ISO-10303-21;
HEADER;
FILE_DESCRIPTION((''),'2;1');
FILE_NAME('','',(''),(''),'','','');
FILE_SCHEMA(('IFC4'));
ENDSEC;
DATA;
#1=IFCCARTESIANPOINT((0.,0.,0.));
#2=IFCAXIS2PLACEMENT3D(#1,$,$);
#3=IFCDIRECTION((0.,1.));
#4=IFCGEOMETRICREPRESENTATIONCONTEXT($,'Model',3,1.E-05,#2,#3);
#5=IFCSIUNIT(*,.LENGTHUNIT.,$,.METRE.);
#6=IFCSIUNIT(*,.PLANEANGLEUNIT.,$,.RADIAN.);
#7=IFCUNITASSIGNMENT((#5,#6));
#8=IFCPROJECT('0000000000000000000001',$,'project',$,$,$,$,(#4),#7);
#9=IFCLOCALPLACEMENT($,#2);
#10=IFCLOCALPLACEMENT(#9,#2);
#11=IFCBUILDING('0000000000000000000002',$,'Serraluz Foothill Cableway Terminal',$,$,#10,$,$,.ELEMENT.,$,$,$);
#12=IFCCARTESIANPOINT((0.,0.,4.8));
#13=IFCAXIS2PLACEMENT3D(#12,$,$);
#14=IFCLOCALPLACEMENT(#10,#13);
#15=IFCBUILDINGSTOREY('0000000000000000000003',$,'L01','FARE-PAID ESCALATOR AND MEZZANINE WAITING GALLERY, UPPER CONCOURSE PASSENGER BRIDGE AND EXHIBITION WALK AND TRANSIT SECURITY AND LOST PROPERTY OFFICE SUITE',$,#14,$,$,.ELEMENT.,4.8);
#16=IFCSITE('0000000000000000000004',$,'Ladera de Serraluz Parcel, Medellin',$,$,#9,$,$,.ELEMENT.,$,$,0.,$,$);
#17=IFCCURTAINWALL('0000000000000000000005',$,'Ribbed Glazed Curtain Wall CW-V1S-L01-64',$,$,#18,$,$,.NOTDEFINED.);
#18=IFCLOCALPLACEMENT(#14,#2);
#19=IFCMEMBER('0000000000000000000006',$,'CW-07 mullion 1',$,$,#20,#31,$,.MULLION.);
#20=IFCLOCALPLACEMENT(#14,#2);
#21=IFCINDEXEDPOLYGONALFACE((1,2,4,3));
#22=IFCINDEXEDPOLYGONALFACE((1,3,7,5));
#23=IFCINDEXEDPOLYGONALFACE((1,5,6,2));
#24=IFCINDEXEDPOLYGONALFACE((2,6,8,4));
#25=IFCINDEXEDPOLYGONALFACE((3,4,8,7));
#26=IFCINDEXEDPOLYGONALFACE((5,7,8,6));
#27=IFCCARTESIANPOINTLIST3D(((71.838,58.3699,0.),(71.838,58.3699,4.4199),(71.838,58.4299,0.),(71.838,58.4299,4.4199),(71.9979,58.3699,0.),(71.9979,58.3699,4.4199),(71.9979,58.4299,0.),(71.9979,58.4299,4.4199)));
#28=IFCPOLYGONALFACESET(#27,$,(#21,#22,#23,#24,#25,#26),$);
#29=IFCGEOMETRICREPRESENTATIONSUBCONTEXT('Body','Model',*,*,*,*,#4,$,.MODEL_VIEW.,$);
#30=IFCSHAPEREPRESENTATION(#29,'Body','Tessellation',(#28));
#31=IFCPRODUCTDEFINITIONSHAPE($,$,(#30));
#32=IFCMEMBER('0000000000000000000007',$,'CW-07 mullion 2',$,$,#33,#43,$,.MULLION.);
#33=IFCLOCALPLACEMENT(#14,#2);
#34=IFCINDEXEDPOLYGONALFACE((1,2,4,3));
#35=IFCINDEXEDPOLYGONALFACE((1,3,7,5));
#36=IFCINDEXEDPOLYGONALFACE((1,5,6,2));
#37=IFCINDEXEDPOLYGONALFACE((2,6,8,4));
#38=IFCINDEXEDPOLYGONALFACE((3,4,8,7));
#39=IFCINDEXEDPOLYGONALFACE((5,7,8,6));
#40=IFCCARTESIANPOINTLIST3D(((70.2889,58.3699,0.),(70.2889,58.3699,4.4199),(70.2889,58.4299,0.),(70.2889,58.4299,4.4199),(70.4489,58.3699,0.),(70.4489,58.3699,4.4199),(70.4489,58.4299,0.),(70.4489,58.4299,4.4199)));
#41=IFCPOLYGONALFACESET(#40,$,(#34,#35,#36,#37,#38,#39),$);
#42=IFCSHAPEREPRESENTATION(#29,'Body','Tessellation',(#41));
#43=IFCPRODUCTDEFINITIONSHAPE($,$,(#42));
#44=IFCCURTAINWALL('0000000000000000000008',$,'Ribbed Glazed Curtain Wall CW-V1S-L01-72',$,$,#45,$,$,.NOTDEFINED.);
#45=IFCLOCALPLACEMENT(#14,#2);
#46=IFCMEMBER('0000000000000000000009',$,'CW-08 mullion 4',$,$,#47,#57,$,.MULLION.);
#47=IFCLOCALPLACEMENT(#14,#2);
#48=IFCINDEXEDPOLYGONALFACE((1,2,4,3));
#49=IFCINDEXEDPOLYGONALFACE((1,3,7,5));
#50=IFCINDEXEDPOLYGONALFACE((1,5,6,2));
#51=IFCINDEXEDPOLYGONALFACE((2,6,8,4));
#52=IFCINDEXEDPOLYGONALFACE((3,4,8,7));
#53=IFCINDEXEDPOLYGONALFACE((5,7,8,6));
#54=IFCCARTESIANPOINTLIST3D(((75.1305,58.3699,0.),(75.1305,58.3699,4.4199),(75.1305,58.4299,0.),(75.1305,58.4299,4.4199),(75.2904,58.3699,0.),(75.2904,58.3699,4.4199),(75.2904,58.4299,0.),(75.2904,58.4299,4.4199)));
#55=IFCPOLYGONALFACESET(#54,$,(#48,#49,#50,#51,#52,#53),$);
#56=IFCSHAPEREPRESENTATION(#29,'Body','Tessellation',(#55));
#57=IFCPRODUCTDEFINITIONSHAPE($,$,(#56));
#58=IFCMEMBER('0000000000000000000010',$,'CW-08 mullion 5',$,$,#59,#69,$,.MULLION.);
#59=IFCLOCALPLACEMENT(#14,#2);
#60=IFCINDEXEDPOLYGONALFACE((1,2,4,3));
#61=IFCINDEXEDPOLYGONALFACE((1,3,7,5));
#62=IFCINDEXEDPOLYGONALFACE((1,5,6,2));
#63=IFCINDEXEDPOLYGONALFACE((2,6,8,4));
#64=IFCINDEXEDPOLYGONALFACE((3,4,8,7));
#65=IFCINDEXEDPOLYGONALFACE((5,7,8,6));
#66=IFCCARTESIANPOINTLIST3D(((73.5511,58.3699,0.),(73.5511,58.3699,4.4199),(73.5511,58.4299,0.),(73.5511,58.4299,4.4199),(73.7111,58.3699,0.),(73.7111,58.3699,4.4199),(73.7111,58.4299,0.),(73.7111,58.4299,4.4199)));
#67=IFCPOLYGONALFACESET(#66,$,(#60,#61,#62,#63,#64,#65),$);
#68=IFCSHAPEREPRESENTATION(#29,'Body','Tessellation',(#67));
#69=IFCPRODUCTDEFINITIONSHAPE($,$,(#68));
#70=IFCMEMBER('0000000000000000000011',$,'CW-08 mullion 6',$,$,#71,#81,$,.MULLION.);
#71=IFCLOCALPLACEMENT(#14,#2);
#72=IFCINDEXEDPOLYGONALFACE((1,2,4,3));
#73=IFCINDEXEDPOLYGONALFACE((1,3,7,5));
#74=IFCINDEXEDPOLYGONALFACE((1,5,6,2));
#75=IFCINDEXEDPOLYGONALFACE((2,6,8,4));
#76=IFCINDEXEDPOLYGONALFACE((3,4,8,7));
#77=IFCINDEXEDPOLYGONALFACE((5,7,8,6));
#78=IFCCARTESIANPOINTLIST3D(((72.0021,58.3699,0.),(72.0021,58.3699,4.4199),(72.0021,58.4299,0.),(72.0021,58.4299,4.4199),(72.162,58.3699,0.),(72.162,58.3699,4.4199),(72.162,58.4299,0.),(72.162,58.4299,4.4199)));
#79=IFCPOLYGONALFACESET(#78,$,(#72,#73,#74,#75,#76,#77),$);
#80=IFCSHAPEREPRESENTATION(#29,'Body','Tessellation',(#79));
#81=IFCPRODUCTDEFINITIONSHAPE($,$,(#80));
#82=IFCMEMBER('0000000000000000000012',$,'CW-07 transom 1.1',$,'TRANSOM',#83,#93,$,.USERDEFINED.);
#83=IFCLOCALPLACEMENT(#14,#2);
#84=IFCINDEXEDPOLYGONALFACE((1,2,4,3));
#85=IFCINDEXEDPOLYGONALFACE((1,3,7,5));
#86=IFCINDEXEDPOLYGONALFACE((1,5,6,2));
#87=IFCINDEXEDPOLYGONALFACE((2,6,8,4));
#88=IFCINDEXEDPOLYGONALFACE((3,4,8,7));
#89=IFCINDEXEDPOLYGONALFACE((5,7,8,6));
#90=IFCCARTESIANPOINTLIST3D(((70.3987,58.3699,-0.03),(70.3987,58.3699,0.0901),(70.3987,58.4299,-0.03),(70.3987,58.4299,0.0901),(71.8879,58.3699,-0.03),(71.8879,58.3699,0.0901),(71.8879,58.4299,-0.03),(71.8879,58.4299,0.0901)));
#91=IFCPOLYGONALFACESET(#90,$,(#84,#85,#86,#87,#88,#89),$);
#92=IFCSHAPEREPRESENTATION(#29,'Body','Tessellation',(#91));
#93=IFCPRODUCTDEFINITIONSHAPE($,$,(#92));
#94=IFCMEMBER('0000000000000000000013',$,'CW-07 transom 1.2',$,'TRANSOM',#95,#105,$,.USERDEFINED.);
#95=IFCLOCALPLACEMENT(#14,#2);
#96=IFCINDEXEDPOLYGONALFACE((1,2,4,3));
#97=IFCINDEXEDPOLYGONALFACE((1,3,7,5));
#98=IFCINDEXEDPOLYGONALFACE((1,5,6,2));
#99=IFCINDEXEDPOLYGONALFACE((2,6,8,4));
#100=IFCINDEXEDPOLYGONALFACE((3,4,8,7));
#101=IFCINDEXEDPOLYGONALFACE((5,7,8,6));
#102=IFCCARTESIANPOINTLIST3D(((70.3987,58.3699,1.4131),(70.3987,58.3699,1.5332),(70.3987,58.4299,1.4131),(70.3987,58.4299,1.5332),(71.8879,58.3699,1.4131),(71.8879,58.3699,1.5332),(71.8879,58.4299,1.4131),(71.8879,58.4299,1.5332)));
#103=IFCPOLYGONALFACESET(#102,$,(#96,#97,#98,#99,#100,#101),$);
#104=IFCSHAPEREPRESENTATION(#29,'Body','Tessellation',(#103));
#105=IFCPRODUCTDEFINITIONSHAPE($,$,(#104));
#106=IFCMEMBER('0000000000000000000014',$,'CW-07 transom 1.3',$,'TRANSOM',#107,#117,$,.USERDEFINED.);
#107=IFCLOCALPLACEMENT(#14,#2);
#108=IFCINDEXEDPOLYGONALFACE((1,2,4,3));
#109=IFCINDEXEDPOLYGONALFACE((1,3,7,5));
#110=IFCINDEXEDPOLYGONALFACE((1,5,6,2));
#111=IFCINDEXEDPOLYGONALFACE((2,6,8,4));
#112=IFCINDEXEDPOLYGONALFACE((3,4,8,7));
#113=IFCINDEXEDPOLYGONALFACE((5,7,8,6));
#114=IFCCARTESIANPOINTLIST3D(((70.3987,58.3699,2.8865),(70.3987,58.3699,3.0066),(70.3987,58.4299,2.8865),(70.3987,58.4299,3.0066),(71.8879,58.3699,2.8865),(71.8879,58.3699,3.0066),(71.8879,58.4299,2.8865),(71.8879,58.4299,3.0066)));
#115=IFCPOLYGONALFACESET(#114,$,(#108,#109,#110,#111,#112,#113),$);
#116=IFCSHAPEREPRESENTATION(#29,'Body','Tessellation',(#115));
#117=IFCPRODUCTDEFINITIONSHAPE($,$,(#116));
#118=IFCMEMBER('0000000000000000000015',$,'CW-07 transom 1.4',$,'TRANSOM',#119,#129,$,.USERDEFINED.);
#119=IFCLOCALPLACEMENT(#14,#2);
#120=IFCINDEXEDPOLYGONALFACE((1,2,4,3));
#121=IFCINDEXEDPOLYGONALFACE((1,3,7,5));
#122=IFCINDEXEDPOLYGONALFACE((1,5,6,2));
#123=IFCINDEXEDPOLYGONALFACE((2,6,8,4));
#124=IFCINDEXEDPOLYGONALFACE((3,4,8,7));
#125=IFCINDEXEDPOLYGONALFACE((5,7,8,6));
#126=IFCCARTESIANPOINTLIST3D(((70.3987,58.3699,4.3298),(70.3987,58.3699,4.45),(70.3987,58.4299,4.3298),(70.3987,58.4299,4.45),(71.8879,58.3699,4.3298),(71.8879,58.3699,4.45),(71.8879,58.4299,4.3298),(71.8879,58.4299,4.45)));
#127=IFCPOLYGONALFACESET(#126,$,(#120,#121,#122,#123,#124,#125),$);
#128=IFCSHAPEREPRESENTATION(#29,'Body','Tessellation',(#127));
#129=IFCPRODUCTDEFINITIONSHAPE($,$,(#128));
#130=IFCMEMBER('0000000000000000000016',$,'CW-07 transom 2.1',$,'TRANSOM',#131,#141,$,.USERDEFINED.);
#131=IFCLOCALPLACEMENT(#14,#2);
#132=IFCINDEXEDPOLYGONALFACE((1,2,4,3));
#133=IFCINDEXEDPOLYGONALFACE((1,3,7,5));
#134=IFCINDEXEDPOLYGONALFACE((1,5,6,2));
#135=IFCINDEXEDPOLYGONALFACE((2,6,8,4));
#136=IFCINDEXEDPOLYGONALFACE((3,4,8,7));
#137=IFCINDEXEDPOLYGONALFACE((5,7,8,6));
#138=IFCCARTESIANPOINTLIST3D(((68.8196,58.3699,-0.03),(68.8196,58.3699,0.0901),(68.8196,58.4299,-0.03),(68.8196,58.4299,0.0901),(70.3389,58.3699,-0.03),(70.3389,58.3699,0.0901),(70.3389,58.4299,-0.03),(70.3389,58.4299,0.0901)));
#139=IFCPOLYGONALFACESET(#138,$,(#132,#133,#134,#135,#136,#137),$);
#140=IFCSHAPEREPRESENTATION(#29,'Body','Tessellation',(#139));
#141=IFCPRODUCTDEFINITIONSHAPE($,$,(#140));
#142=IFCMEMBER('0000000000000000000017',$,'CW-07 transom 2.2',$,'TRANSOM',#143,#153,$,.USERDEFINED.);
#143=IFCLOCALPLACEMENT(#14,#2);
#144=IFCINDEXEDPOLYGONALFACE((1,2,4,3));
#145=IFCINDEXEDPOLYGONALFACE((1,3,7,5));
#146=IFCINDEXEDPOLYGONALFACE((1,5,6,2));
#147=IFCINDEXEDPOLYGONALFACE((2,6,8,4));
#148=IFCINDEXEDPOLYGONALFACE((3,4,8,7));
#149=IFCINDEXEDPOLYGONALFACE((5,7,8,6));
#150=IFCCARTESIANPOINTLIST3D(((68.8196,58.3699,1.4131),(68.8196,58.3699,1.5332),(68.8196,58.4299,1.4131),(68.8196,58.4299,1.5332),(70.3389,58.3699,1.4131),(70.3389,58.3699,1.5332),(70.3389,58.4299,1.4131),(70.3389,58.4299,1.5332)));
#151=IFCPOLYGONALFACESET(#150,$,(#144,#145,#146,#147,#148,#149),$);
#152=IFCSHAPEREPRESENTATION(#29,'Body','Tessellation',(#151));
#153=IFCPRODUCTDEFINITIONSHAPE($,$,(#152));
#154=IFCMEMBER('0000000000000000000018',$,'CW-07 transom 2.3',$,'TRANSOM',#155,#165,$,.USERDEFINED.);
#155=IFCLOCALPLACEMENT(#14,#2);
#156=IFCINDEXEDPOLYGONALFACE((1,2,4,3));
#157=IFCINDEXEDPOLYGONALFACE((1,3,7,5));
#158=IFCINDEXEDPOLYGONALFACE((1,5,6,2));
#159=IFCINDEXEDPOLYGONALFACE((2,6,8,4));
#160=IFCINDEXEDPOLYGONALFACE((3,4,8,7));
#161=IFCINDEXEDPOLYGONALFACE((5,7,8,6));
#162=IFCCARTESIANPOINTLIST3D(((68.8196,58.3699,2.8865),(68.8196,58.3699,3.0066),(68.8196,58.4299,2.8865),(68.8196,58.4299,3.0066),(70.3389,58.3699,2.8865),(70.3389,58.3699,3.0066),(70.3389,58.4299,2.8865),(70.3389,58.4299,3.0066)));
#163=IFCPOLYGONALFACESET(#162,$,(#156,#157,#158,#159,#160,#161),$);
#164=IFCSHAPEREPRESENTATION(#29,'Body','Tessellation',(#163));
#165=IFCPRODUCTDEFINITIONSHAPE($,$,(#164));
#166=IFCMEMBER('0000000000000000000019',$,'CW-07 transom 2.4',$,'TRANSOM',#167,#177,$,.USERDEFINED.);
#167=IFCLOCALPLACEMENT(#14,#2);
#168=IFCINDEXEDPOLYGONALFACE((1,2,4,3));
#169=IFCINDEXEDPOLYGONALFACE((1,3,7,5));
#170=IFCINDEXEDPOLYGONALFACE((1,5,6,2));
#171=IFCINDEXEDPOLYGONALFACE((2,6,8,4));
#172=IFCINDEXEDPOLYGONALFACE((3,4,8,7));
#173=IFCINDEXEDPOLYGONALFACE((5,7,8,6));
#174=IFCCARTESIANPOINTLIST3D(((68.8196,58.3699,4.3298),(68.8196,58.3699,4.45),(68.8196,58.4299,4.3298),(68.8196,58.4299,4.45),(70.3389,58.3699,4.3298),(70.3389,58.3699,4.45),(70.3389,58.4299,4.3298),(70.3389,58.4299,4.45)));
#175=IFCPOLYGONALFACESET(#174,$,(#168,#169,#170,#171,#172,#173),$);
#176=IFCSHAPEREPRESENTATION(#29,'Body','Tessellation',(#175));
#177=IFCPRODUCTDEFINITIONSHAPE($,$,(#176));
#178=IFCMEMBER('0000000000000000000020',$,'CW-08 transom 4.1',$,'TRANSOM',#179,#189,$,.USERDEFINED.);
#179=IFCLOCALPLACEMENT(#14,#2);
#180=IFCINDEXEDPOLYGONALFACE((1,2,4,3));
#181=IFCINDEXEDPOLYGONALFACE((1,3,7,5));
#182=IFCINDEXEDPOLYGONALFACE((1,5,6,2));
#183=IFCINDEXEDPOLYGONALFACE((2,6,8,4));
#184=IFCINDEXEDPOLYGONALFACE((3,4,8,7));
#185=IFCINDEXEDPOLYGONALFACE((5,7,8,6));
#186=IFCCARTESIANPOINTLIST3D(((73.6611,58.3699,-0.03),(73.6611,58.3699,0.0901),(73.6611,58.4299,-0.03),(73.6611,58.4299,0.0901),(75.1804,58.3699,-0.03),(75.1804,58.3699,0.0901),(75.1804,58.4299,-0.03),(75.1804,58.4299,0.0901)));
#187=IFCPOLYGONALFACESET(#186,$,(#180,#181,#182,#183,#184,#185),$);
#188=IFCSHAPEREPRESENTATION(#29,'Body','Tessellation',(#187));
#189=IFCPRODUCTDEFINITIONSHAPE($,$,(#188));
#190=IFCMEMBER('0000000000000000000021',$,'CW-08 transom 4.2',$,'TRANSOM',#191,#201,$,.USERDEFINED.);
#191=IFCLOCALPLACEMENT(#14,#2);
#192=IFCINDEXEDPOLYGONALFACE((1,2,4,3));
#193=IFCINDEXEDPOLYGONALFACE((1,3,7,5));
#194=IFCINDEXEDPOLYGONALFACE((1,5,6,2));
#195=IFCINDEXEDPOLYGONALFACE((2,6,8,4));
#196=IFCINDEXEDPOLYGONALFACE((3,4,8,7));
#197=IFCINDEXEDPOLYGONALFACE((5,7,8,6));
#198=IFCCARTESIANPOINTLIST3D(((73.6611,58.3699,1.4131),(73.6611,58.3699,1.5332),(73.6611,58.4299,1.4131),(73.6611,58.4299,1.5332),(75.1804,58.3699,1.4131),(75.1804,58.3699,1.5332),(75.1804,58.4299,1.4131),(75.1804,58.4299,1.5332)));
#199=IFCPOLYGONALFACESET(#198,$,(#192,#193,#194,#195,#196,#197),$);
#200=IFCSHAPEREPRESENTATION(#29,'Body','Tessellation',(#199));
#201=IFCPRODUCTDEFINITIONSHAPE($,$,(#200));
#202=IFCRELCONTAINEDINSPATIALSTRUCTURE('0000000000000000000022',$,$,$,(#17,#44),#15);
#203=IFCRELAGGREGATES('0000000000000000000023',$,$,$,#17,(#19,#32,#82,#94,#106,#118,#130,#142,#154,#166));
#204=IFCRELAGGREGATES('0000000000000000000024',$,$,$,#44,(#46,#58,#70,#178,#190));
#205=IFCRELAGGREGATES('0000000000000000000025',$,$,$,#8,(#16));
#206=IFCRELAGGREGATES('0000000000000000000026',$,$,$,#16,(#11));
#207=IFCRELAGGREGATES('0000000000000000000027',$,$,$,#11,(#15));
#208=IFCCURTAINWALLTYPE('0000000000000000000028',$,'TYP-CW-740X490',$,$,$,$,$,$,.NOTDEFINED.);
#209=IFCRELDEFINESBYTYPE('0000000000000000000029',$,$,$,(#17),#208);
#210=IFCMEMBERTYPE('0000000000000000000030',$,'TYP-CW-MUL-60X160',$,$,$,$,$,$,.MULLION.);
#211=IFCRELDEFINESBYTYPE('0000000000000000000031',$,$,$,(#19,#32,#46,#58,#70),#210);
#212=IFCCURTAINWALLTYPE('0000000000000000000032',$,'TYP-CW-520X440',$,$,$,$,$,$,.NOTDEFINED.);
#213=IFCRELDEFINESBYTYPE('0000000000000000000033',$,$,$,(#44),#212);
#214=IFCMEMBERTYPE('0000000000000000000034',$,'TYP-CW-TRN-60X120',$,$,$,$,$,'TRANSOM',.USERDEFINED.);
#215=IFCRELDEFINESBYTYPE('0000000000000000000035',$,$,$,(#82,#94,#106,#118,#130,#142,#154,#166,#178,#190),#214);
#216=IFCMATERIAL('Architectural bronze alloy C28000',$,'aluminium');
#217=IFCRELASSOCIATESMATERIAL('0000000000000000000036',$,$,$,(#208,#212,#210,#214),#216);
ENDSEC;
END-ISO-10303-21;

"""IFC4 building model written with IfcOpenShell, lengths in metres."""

from ifc_helpers import new_model, si_unit, direction, frame, origin, origin_2d, place, context, subcontext, project, spatial, rectangle, extrude, material, material_profile, profile_set, type_object, element, aggregate, save


model = new_model("IFC4")

# Units and contexts
model_context = context("Model", 3, precision=1e-05, world=origin(), true_north=direction((0.0, 1.0)))
body_context = subcontext(model_context, "Body", "Model", "MODEL_VIEW")
ifc_project = project(units=[si_unit("LENGTHUNIT", "METRE"), si_unit("PLANEANGLEUNIT", "RADIAN")], contexts=[model_context])

# Site, building, storey
site_placement = place(None, origin())
site = spatial("IfcSite", under=ifc_project, at=site_placement, Name="Ladera de Serraluz Parcel, Medellin", CompositionType="ELEMENT", RefElevation=0.0)
building_placement = place(site_placement, origin())
building = spatial("IfcBuilding", under=site, at=building_placement, Name="Serraluz Foothill Cableway Terminal", CompositionType="ELEMENT")
storey_placement = place(building_placement, frame((0.0, 0.0, 4.8)))
storey = spatial("IfcBuildingStorey", under=building, at=storey_placement, Name="L01", Description="FARE-PAID ESCALATOR AND MEZZANINE WAITING GALLERY, UPPER CONCOURSE PASSENGER BRIDGE AND EXHIBITION WALK AND TRANSIT SECURITY AND LOST PROPERTY OFFICE SUITE", CompositionType="ELEMENT", Elevation=4.8)

# Curtain walls, members
ifc_material_1 = material(Name="Architectural bronze alloy C28000", Category="aluminium")
curtain_wall_type_1 = type_object("IfcCurtainWallType", Name="TYP-CW-740X490", PredefinedType="NOTDEFINED", material=ifc_material_1)
curtain_wall_1_placement = place(storey_placement, origin())
curtain_wall_1 = element("IfcCurtainWall", 1, at=curtain_wall_1_placement, inside=storey, type_object=curtain_wall_type_1, Name="Ribbed Glazed Curtain Wall CW-V1S-L01-64", PredefinedType="NOTDEFINED")
ifc_material_profile_1 = material_profile(ifc_material_1, rectangle(XDim=0.0601, YDim=0.1599, at=origin_2d()), Name="ALU MULLION 60x160")
ifc_profile_set_1 = profile_set([ifc_material_profile_1], Name="Architectural bronze alloy C28000")
member_type_1 = type_object("IfcMemberType", Name="TYP-CW-MUL-60X160", PredefinedType="MULLION", material=ifc_profile_set_1)
member_1_placement = place(storey_placement, frame((71.918, 58.3999, 0.0), z_axis=(0.0, 0.0, 1.0), x_axis=(0.0, -1.0, 0.0)))
member_1 = element("IfcMember", 2, at=member_1_placement, type_object=member_type_1, Name="CW-07 mullion 1", PredefinedType="MULLION", context=body_context, shape_type="SweptSolid", body=[
    extrude(rectangle(XDim=0.0601, YDim=0.1599, at=origin_2d()), origin(), (0.0, 0.0, 1.0), 4.4199),
])
member_2_placement = place(storey_placement, frame((70.3689, 58.3999, 0.0), z_axis=(0.0, 0.0, 1.0), x_axis=(0.0, -1.0, 0.0)))
member_2 = element("IfcMember", 3, at=member_2_placement, type_object=member_type_1, Name="CW-07 mullion 2", PredefinedType="MULLION", context=body_context, shape_type="SweptSolid", body=[
    extrude(rectangle(XDim=0.0601, YDim=0.1599, at=origin_2d()), origin(), (0.0, 0.0, 1.0), 4.4199),
])
curtain_wall_type_2 = type_object("IfcCurtainWallType", Name="TYP-CW-520X440", PredefinedType="NOTDEFINED", material=ifc_material_1)
curtain_wall_2_placement = place(storey_placement, origin())
curtain_wall_2 = element("IfcCurtainWall", 4, at=curtain_wall_2_placement, inside=storey, type_object=curtain_wall_type_2, Name="Ribbed Glazed Curtain Wall CW-V1S-L01-72", PredefinedType="NOTDEFINED")
member_3_placement = place(storey_placement, frame((75.2104, 58.3999, 0.0), z_axis=(0.0, 0.0, 1.0), x_axis=(0.0, -1.0, 0.0)))
member_3 = element("IfcMember", 5, at=member_3_placement, type_object=member_type_1, Name="CW-08 mullion 4", PredefinedType="MULLION", context=body_context, shape_type="SweptSolid", body=[
    extrude(rectangle(XDim=0.0601, YDim=0.1599, at=origin_2d()), origin(), (0.0, 0.0, 1.0), 4.4199),
])
member_4_placement = place(storey_placement, frame((73.6311, 58.3999, 0.0), z_axis=(0.0, 0.0, 1.0), x_axis=(0.0, -1.0, 0.0)))
member_4 = element("IfcMember", 6, at=member_4_placement, type_object=member_type_1, Name="CW-08 mullion 5", PredefinedType="MULLION", context=body_context, shape_type="SweptSolid", body=[
    extrude(rectangle(XDim=0.0601, YDim=0.1599, at=origin_2d()), origin(), (0.0, 0.0, 1.0), 4.4199),
])
member_5_placement = place(storey_placement, frame((72.082, 58.3999, 0.0), z_axis=(0.0, 0.0, 1.0), x_axis=(0.0, -1.0, 0.0)))
member_5 = element("IfcMember", 7, at=member_5_placement, type_object=member_type_1, Name="CW-08 mullion 6", PredefinedType="MULLION", context=body_context, shape_type="SweptSolid", body=[
    extrude(rectangle(XDim=0.0601, YDim=0.1599, at=origin_2d()), origin(), (0.0, 0.0, 1.0), 4.4199),
])

# Members
ifc_material_profile_2 = material_profile(ifc_material_1, rectangle(XDim=0.0601, YDim=0.1201, at=origin_2d()), Name="ALU TRANSOM 60x120")
ifc_profile_set_2 = profile_set([ifc_material_profile_2], Name="Architectural bronze alloy C28000")
member_type_2 = type_object("IfcMemberType", Name="TYP-CW-TRN-60X120", ElementType="TRANSOM", PredefinedType="USERDEFINED", material=ifc_profile_set_2)
member_6_placement = place(storey_placement, frame((71.8879, 58.3999, 0.03), z_axis=(-1.0, 0.0, 0.0), x_axis=(0.0, -1.0, 0.0)))
member_6 = element("IfcMember", 8, at=member_6_placement, type_object=member_type_2, Name="CW-07 transom 1.1", ObjectType="TRANSOM", PredefinedType="USERDEFINED", context=body_context, shape_type="SweptSolid", body=[
    extrude(rectangle(XDim=0.0601, YDim=0.1201, at=origin_2d()), origin(), (0.0, 0.0, 1.0), 1.4893),
])
member_7_placement = place(storey_placement, frame((71.8879, 58.3999, 1.4731), z_axis=(-1.0, 0.0, 0.0), x_axis=(0.0, -1.0, 0.0)))
member_7 = element("IfcMember", 9, at=member_7_placement, type_object=member_type_2, Name="CW-07 transom 1.2", ObjectType="TRANSOM", PredefinedType="USERDEFINED", context=body_context, shape_type="SweptSolid", body=[
    extrude(rectangle(XDim=0.0601, YDim=0.1201, at=origin_2d()), origin(), (0.0, 0.0, 1.0), 1.4893),
])
member_8_placement = place(storey_placement, frame((71.8879, 58.3999, 2.9465), z_axis=(-1.0, 0.0, 0.0), x_axis=(0.0, -1.0, 0.0)))
member_8 = element("IfcMember", 10, at=member_8_placement, type_object=member_type_2, Name="CW-07 transom 1.3", ObjectType="TRANSOM", PredefinedType="USERDEFINED", context=body_context, shape_type="SweptSolid", body=[
    extrude(rectangle(XDim=0.0601, YDim=0.1201, at=origin_2d()), origin(), (0.0, 0.0, 1.0), 1.4893),
])
member_9_placement = place(storey_placement, frame((71.8879, 58.3999, 4.3899), z_axis=(-1.0, 0.0, 0.0), x_axis=(0.0, -1.0, 0.0)))
member_9 = element("IfcMember", 11, at=member_9_placement, type_object=member_type_2, Name="CW-07 transom 1.4", ObjectType="TRANSOM", PredefinedType="USERDEFINED", context=body_context, shape_type="SweptSolid", body=[
    extrude(rectangle(XDim=0.0601, YDim=0.1201, at=origin_2d()), origin(), (0.0, 0.0, 1.0), 1.4893),
])
member_10_placement = place(storey_placement, frame((70.3389, 58.3999, 0.03), z_axis=(-1.0, 0.0, 0.0), x_axis=(0.0, -1.0, 0.0)))
member_10 = element("IfcMember", 12, at=member_10_placement, type_object=member_type_2, Name="CW-07 transom 2.1", ObjectType="TRANSOM", PredefinedType="USERDEFINED", context=body_context, shape_type="SweptSolid", body=[
    extrude(rectangle(XDim=0.0601, YDim=0.1201, at=origin_2d()), origin(), (0.0, 0.0, 1.0), 1.5193),
])
member_11_placement = place(storey_placement, frame((70.3389, 58.3999, 1.4731), z_axis=(-1.0, 0.0, 0.0), x_axis=(0.0, -1.0, 0.0)))
member_11 = element("IfcMember", 13, at=member_11_placement, type_object=member_type_2, Name="CW-07 transom 2.2", ObjectType="TRANSOM", PredefinedType="USERDEFINED", context=body_context, shape_type="SweptSolid", body=[
    extrude(rectangle(XDim=0.0601, YDim=0.1201, at=origin_2d()), origin(), (0.0, 0.0, 1.0), 1.5193),
])
member_12_placement = place(storey_placement, frame((70.3389, 58.3999, 2.9465), z_axis=(-1.0, 0.0, 0.0), x_axis=(0.0, -1.0, 0.0)))
member_12 = element("IfcMember", 14, at=member_12_placement, type_object=member_type_2, Name="CW-07 transom 2.3", ObjectType="TRANSOM", PredefinedType="USERDEFINED", context=body_context, shape_type="SweptSolid", body=[
    extrude(rectangle(XDim=0.0601, YDim=0.1201, at=origin_2d()), origin(), (0.0, 0.0, 1.0), 1.5193),
])
member_13_placement = place(storey_placement, frame((70.3389, 58.3999, 4.3899), z_axis=(-1.0, 0.0, 0.0), x_axis=(0.0, -1.0, 0.0)))
member_13 = element("IfcMember", 15, at=member_13_placement, type_object=member_type_2, Name="CW-07 transom 2.4", ObjectType="TRANSOM", PredefinedType="USERDEFINED", context=body_context, shape_type="SweptSolid", body=[
    extrude(rectangle(XDim=0.0601, YDim=0.1201, at=origin_2d()), origin(), (0.0, 0.0, 1.0), 1.5193),
])
member_14_placement = place(storey_placement, frame((75.1804, 58.3999, 0.03), z_axis=(-1.0, 0.0, 0.0), x_axis=(0.0, -1.0, 0.0)))
member_14 = element("IfcMember", 16, at=member_14_placement, type_object=member_type_2, Name="CW-08 transom 4.1", ObjectType="TRANSOM", PredefinedType="USERDEFINED", context=body_context, shape_type="SweptSolid", body=[
    extrude(rectangle(XDim=0.0601, YDim=0.1201, at=origin_2d()), origin(), (0.0, 0.0, 1.0), 1.5193),
])
member_15_placement = place(storey_placement, frame((75.1804, 58.3999, 1.4731), z_axis=(-1.0, 0.0, 0.0), x_axis=(0.0, -1.0, 0.0)))
member_15 = element("IfcMember", 17, at=member_15_placement, type_object=member_type_2, Name="CW-08 transom 4.2", ObjectType="TRANSOM", PredefinedType="USERDEFINED", context=body_context, shape_type="SweptSolid", body=[
    extrude(rectangle(XDim=0.0601, YDim=0.1201, at=origin_2d()), origin(), (0.0, 0.0, 1.0), 1.5193),
])

aggregate(curtain_wall_1, [member_1, member_2, member_6, member_7, member_8, member_9, member_10, member_11, member_12, member_13])
aggregate(curtain_wall_2, [member_3, member_4, member_5, member_14, member_15])

save(model, "model.ifc")
